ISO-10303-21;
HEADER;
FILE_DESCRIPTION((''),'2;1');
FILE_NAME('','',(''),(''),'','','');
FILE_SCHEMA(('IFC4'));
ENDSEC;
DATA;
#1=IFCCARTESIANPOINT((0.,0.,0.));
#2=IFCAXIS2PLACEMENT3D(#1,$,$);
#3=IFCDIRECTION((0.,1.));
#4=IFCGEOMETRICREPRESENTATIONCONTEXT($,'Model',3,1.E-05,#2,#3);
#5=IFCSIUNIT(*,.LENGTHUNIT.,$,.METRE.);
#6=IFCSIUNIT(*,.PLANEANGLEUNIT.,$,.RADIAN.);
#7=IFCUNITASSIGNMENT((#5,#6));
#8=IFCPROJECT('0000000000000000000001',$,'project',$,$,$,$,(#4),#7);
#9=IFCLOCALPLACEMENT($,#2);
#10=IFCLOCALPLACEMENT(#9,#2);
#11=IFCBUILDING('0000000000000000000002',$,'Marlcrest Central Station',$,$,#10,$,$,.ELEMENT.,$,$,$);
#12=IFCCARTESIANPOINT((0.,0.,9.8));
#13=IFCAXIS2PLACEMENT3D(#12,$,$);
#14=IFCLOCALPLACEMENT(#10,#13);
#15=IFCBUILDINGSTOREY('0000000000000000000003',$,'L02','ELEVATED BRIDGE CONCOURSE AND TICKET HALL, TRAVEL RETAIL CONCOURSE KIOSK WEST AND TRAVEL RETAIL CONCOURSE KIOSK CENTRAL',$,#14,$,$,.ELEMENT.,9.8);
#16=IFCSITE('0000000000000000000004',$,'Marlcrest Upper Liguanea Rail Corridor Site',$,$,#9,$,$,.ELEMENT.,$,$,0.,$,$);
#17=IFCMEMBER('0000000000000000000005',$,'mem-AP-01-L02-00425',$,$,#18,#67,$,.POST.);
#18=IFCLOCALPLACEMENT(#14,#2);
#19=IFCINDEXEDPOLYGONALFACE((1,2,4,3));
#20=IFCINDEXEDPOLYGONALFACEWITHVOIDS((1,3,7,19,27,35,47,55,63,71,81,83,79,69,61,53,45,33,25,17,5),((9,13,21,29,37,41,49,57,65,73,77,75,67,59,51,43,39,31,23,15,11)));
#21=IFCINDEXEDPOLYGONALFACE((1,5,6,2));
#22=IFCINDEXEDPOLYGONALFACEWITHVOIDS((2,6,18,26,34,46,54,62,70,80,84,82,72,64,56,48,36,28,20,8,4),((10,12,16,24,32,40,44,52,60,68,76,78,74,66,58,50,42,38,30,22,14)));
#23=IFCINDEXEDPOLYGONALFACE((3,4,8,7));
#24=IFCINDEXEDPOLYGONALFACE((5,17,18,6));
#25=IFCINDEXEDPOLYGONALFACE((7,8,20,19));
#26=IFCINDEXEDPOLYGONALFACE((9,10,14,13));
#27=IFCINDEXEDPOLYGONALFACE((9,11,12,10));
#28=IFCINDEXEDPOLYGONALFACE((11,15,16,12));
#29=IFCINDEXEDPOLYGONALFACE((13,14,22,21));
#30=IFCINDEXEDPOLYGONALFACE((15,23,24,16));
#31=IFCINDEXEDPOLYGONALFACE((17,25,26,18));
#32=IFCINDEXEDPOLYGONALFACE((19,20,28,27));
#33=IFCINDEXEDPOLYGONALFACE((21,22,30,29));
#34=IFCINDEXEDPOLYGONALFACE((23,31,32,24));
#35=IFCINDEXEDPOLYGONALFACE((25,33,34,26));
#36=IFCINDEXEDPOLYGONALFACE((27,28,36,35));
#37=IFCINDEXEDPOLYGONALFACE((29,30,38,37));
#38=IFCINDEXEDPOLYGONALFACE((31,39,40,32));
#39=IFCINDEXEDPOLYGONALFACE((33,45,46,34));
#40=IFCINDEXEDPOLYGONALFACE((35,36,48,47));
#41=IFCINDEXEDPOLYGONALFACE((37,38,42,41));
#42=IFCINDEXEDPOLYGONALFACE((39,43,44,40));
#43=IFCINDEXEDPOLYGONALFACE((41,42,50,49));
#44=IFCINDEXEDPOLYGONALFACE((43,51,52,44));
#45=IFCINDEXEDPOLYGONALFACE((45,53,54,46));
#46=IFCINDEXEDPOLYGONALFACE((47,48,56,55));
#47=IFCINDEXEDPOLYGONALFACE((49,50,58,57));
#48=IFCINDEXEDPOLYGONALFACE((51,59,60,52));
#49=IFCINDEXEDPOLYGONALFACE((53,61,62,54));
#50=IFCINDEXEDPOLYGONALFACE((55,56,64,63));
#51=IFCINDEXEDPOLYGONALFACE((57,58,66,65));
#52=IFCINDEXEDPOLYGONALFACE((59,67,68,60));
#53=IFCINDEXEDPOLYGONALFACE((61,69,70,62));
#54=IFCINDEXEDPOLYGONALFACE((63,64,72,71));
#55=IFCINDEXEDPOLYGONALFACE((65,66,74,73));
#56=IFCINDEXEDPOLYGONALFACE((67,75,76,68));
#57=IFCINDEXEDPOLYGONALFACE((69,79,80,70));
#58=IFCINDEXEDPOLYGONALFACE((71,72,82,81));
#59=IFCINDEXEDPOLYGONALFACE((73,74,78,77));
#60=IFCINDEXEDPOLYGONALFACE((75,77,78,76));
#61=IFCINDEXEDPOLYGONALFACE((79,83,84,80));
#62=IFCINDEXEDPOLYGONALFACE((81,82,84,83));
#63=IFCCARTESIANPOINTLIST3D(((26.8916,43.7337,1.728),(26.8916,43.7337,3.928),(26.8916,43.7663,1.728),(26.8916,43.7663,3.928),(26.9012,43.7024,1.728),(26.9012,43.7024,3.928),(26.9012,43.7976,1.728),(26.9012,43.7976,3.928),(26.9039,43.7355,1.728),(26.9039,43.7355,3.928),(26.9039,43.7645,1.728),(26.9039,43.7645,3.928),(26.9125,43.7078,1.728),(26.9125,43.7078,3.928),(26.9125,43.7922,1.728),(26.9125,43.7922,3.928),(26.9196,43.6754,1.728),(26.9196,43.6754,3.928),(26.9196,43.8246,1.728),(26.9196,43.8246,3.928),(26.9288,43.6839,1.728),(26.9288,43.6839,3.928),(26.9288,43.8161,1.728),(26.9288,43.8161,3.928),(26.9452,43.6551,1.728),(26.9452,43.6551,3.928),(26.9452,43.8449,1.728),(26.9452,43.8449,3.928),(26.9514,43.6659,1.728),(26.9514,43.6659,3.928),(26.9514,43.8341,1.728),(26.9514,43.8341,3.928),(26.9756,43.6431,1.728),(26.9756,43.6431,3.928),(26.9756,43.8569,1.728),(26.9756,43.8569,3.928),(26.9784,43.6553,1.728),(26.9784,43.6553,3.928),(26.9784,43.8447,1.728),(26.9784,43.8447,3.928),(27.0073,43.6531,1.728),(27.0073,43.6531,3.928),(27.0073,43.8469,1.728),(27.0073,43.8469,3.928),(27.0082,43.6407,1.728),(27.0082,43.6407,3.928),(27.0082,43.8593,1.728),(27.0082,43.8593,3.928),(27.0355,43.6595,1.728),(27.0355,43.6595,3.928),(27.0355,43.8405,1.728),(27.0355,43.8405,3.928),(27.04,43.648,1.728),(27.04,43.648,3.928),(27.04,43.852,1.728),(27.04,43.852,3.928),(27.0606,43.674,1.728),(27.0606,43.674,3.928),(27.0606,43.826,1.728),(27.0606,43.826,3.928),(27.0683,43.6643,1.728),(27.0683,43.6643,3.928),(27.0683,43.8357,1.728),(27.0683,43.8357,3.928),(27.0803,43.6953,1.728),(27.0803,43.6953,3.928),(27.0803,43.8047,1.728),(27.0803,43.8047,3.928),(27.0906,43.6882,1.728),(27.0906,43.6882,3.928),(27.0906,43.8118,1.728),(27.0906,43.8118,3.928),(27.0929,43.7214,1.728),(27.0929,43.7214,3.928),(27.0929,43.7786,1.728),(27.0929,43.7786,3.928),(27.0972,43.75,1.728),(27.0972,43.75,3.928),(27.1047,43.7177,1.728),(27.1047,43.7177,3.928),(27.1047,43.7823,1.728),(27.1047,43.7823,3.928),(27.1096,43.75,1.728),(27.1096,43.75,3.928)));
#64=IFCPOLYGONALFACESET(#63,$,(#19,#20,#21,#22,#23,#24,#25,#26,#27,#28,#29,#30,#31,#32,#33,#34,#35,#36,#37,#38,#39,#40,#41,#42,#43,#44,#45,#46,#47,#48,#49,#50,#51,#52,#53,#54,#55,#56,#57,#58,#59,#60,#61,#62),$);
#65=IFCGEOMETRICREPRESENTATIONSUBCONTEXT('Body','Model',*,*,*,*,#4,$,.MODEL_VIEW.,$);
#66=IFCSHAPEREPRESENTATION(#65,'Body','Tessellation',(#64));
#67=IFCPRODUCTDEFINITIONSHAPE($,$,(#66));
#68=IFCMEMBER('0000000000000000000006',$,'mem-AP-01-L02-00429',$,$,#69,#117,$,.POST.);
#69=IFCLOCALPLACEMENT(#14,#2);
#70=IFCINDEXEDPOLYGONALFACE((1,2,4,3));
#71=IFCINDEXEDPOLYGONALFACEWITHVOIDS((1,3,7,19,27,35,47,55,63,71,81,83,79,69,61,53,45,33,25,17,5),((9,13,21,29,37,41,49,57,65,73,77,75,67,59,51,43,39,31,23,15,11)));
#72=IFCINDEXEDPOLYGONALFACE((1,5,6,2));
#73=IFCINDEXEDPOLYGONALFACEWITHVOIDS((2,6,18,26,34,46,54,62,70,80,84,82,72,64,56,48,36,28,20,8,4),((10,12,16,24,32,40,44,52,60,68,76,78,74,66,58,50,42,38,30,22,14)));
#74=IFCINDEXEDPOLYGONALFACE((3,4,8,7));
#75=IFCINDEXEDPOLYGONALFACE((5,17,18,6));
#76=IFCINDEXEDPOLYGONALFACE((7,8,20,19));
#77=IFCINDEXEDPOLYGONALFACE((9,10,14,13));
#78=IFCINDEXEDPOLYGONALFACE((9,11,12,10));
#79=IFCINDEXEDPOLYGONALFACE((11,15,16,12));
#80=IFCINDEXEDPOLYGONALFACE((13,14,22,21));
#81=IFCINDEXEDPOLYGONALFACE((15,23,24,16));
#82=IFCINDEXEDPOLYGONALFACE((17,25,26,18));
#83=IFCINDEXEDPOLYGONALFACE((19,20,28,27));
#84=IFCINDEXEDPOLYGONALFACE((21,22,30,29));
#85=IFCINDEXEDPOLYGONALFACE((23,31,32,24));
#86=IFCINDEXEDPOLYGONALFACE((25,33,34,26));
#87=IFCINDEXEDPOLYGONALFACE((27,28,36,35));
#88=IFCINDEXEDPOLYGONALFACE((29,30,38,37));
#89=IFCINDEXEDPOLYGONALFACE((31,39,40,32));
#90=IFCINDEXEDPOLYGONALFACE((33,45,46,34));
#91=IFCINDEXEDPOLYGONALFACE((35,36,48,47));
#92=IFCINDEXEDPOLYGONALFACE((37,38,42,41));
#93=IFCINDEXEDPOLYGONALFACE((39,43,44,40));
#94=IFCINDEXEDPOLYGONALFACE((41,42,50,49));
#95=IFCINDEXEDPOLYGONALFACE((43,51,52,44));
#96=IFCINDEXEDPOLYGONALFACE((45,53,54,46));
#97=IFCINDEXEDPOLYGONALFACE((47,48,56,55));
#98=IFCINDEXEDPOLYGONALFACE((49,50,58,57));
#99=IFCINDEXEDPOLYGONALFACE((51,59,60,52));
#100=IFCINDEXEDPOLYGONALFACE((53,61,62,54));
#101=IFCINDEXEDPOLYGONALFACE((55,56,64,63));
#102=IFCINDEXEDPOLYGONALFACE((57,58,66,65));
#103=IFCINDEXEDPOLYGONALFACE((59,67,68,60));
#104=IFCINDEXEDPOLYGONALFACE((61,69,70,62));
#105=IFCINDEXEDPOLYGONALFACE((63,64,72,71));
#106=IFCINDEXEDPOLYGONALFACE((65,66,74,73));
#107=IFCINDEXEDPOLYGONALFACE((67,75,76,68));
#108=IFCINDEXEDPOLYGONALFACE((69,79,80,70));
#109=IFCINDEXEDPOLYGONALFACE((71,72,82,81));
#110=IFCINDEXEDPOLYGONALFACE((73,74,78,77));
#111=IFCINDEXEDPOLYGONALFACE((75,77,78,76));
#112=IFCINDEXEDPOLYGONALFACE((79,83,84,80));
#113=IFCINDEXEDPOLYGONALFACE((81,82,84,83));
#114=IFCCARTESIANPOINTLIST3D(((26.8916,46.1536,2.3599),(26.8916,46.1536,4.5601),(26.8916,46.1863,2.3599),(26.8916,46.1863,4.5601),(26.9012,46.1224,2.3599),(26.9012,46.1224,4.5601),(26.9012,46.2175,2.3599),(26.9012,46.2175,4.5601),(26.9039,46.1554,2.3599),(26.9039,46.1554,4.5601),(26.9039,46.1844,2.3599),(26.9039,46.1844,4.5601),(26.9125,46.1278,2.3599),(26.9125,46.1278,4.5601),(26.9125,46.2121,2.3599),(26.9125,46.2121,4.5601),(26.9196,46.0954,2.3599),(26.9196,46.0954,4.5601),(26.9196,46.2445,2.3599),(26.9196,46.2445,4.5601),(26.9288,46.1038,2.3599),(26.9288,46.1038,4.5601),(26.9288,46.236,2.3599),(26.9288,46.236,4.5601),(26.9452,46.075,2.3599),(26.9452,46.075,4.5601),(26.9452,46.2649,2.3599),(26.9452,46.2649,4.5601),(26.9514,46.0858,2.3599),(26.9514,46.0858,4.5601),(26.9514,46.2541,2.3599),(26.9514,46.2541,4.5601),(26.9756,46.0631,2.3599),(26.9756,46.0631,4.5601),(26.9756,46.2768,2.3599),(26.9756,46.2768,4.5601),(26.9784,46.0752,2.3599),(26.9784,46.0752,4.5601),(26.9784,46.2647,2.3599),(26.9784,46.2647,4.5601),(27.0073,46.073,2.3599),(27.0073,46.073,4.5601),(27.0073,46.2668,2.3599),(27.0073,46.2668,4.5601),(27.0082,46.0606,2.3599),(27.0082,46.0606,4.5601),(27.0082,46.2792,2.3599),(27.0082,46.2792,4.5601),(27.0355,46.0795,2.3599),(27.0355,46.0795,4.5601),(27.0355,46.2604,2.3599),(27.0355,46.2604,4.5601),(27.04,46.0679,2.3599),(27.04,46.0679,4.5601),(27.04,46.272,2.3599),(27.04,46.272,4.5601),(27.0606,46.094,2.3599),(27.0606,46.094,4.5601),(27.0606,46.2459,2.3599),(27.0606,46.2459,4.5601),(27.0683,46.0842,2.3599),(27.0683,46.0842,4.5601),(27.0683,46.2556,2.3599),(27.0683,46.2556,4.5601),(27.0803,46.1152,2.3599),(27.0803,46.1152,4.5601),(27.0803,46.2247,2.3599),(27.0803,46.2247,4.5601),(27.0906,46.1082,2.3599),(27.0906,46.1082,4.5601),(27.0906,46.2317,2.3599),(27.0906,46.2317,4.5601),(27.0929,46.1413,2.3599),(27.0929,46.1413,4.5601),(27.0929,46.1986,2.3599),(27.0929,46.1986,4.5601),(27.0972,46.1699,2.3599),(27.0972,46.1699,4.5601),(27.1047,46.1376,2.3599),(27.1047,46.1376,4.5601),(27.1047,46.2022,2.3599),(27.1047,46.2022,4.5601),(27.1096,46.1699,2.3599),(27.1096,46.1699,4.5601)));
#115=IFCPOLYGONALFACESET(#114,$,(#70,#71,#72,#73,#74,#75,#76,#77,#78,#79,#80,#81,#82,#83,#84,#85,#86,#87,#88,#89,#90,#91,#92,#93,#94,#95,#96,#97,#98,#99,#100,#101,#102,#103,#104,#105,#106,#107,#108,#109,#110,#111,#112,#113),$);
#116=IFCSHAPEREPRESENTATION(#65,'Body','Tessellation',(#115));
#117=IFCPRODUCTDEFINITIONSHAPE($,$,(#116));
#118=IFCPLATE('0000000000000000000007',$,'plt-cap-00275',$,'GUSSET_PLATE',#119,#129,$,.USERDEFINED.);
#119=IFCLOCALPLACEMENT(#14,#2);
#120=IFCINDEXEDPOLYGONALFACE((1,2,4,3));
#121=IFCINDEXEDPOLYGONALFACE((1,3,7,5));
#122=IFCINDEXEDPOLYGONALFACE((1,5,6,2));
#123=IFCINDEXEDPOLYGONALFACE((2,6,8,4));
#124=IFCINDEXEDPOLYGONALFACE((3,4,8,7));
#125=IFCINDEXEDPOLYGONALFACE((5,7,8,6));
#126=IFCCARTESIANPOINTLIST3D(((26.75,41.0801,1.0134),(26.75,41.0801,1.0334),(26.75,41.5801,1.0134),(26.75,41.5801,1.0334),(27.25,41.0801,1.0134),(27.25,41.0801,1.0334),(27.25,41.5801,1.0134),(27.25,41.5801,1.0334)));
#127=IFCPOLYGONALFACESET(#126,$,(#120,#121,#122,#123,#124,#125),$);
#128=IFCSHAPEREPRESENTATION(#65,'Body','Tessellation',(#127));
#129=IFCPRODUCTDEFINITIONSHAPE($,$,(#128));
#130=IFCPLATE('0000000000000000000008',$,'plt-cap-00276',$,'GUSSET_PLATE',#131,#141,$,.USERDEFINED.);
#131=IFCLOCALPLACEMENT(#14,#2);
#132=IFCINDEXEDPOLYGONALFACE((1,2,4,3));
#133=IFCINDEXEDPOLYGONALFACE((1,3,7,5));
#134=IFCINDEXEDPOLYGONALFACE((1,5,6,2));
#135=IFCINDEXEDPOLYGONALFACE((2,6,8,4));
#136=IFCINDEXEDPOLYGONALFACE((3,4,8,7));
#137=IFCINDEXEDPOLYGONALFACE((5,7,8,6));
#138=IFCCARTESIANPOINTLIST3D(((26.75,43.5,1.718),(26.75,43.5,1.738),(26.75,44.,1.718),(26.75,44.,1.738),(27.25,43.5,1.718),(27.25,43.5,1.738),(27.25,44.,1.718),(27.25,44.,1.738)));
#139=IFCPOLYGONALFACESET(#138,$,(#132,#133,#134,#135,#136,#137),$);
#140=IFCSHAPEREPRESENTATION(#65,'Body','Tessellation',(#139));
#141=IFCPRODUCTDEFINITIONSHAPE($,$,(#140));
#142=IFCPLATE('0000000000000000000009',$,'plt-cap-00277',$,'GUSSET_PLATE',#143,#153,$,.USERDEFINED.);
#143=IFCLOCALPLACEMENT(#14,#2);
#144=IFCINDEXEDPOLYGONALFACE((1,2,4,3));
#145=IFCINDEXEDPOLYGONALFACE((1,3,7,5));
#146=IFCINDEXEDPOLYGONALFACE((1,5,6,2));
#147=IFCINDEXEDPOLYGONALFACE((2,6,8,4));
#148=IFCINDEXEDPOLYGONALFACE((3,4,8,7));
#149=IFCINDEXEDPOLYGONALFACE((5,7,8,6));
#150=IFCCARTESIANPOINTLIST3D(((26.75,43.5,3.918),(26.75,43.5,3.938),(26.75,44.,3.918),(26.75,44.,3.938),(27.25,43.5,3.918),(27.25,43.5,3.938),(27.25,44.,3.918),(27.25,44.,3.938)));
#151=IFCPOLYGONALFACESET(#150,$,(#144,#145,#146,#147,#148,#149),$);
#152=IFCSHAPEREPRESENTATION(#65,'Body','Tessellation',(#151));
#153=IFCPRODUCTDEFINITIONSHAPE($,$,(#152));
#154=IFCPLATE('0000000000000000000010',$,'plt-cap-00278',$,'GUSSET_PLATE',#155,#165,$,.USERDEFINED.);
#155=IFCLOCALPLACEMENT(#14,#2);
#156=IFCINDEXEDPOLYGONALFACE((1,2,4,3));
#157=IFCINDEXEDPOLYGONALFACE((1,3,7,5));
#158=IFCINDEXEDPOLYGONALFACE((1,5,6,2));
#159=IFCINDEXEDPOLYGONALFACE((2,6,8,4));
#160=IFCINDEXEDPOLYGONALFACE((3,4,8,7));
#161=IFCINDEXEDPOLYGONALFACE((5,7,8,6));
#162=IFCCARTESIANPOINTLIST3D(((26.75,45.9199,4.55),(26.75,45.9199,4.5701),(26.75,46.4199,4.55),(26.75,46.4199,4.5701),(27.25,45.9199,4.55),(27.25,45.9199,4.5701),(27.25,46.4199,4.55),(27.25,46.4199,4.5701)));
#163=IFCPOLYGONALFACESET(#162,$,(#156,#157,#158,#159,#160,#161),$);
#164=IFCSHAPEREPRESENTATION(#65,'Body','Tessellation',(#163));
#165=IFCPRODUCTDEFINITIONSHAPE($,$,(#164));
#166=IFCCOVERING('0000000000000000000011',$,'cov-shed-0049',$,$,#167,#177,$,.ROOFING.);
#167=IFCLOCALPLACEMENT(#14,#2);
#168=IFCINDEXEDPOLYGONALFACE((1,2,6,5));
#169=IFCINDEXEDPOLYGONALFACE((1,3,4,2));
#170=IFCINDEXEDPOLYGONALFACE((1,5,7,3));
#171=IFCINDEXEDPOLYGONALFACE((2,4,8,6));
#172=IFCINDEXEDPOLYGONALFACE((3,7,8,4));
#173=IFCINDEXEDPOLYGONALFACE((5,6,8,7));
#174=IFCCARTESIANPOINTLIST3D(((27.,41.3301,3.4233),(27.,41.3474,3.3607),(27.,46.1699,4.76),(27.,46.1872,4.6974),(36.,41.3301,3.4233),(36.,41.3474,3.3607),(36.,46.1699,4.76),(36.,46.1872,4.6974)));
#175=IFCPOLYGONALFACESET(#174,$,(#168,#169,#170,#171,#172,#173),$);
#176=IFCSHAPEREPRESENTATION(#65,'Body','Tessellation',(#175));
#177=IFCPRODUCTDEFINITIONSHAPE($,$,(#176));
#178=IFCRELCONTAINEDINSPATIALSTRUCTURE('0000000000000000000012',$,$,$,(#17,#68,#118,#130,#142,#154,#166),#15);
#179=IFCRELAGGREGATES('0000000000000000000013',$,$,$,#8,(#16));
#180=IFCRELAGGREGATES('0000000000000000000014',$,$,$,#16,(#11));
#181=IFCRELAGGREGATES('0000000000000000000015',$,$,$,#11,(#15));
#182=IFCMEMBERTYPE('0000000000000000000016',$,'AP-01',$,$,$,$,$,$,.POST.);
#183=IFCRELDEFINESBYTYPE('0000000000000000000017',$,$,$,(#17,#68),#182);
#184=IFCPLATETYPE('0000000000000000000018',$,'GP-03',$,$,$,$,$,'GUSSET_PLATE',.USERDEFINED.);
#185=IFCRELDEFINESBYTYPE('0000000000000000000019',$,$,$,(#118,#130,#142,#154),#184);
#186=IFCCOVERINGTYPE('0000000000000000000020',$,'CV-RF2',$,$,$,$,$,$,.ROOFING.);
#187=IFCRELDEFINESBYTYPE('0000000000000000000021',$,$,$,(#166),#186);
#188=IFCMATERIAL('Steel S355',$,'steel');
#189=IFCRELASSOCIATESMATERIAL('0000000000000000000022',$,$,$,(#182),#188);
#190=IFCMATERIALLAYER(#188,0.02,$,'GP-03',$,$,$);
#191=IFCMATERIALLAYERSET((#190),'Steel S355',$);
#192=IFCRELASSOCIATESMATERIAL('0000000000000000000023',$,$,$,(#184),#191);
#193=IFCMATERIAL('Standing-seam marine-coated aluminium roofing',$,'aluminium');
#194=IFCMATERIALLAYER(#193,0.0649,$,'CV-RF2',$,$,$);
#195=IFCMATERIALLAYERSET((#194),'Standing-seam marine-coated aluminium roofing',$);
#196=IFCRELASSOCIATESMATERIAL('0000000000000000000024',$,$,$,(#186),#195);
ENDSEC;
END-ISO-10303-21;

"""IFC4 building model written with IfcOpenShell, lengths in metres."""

from ifc_helpers import new_model, si_unit, direction, frame, origin, origin_2d, place, context, subcontext, project, spatial, polyline, rectangle, hollow_circle, outline, extrude, material, layer, layer_set, material_profile, profile_set, type_object, element, save


model = new_model("IFC4")

# Units and contexts
model_context = context("Model", 3, precision=1e-05, world=origin(), true_north=direction((0.0, 1.0)))
body_context = subcontext(model_context, "Body", "Model", "MODEL_VIEW")
ifc_project = project(units=[si_unit("LENGTHUNIT", "METRE"), si_unit("PLANEANGLEUNIT", "RADIAN")], contexts=[model_context])

# Site, building, storey
site_placement = place(None, origin())
site = spatial("IfcSite", under=ifc_project, at=site_placement, Name="Marlcrest Upper Liguanea Rail Corridor Site", CompositionType="ELEMENT", RefElevation=0.0)
building_placement = place(site_placement, origin())
building = spatial("IfcBuilding", under=site, at=building_placement, Name="Marlcrest Central Station", CompositionType="ELEMENT")
storey_placement = place(building_placement, frame((0.0, 0.0, 9.8)))
storey = spatial("IfcBuildingStorey", under=building, at=storey_placement, Name="L02", Description="ELEVATED BRIDGE CONCOURSE AND TICKET HALL, TRAVEL RETAIL CONCOURSE KIOSK WEST AND TRAVEL RETAIL CONCOURSE KIOSK CENTRAL", CompositionType="ELEMENT", Elevation=9.8)

# Members
ifc_material_1 = material(Name="Steel S355", Category="steel")
ifc_material_profile_1 = material_profile(ifc_material_1, hollow_circle(Radius=0.1096, WallThickness=0.0125, at=origin_2d()), Name="CHS 219.1x12.5")
ifc_profile_set_1 = profile_set([ifc_material_profile_1], Name="Steel S355")
member_type_1 = type_object("IfcMemberType", Name="AP-01", PredefinedType="POST", material=ifc_profile_set_1)
for number, where, z_axis, x_axis, name in (
    (1, (27.0, 43.75, 1.728), (0.0, 0.0, 1.0), (1.0, 0.0, 0.0), "mem-AP-01-L02-00425"),
):
    element("IfcMember", number, at=place(storey_placement, frame(where, z_axis=z_axis, x_axis=x_axis)), inside=storey, type_object=member_type_1, Name=name, PredefinedType="POST", context=body_context, shape_type="SweptSolid", body=[
        extrude(hollow_circle(Radius=0.1096, WallThickness=0.0125, at=origin_2d()), origin(), (0.0, 0.0, 1.0), 2.2),
    ])
member_1_placement = place(storey_placement, frame((27.0, 46.1699, 2.3599), z_axis=(0.0, 0.0, 1.0), x_axis=(1.0, 0.0, 0.0)))
element("IfcMember", 2, at=member_1_placement, inside=storey, type_object=member_type_1, Name="mem-AP-01-L02-00429", PredefinedType="POST", context=body_context, shape_type="SweptSolid", body=[
    extrude(hollow_circle(Radius=0.1096, WallThickness=0.0125, at=origin_2d()), origin(), (0.0, 0.0, 1.0), 2.2002),
])

# Plates
ifc_layer_1 = layer(ifc_material_1, 0.02, Name="GP-03")
ifc_layer_set_1 = layer_set([ifc_layer_1], Name="Steel S355")
plate_type = type_object("IfcPlateType", Name="GP-03", ElementType="GUSSET_PLATE", PredefinedType="USERDEFINED", material=ifc_layer_set_1)
for number, where, z_axis, x_axis, name in (
    (3, (27.0, 41.3301, 1.0134), (0.0, 0.0, 1.0), (1.0, 0.0, 0.0), "plt-cap-00275"),
    (4, (27.0, 43.75, 1.718), (0.0, 0.0, 1.0), (1.0, 0.0, 0.0), "plt-cap-00276"),
    (5, (27.0, 43.75, 3.918), (0.0, 0.0, 1.0), (1.0, 0.0, 0.0), "plt-cap-00277"),
    (6, (27.0, 46.1699, 4.55), (0.0, 0.0, 1.0), (1.0, 0.0, 0.0), "plt-cap-00278"),
):
    element("IfcPlate", number, at=place(storey_placement, frame(where, z_axis=z_axis, x_axis=x_axis)), inside=storey, type_object=plate_type, Name=name, ObjectType="GUSSET_PLATE", PredefinedType="USERDEFINED", context=body_context, shape_type="SweptSolid", body=[
        extrude(rectangle(XDim=0.5, YDim=0.5, at=origin_2d()), origin(), (0.0, 0.0, 1.0), 0.02),
    ])

# Covering
ifc_material_2 = material(Name="Standing-seam marine-coated aluminium roofing", Category="aluminium")
ifc_layer_2 = layer(ifc_material_2, 0.0649, Name="CV-RF2")
ifc_layer_set_2 = layer_set([ifc_layer_2], Name="Standing-seam marine-coated aluminium roofing")
covering_type = type_object("IfcCoveringType", Name="CV-RF2", PredefinedType="ROOFING", material=ifc_layer_set_2)
covering_placement = place(storey_placement, frame((27.0, 41.3301, 3.4233), z_axis=(0.0, -0.266214, 0.963914), x_axis=(1.0, 0.0, 0.0)))
element("IfcCovering", 7, at=covering_placement, inside=storey, type_object=covering_type, Name="cov-shed-0049", PredefinedType="ROOFING", context=body_context, shape_type="SweptSolid", body=[
    extrude(outline(polyline([(0.0, 0.0), (9.0, 0.0), (9.0, 5.021), (0.0, 5.021), (0.0, 0.0)])), origin(), (0.0, 0.0, -1.0), 0.0649),
])

save(model, "model.ifc")
